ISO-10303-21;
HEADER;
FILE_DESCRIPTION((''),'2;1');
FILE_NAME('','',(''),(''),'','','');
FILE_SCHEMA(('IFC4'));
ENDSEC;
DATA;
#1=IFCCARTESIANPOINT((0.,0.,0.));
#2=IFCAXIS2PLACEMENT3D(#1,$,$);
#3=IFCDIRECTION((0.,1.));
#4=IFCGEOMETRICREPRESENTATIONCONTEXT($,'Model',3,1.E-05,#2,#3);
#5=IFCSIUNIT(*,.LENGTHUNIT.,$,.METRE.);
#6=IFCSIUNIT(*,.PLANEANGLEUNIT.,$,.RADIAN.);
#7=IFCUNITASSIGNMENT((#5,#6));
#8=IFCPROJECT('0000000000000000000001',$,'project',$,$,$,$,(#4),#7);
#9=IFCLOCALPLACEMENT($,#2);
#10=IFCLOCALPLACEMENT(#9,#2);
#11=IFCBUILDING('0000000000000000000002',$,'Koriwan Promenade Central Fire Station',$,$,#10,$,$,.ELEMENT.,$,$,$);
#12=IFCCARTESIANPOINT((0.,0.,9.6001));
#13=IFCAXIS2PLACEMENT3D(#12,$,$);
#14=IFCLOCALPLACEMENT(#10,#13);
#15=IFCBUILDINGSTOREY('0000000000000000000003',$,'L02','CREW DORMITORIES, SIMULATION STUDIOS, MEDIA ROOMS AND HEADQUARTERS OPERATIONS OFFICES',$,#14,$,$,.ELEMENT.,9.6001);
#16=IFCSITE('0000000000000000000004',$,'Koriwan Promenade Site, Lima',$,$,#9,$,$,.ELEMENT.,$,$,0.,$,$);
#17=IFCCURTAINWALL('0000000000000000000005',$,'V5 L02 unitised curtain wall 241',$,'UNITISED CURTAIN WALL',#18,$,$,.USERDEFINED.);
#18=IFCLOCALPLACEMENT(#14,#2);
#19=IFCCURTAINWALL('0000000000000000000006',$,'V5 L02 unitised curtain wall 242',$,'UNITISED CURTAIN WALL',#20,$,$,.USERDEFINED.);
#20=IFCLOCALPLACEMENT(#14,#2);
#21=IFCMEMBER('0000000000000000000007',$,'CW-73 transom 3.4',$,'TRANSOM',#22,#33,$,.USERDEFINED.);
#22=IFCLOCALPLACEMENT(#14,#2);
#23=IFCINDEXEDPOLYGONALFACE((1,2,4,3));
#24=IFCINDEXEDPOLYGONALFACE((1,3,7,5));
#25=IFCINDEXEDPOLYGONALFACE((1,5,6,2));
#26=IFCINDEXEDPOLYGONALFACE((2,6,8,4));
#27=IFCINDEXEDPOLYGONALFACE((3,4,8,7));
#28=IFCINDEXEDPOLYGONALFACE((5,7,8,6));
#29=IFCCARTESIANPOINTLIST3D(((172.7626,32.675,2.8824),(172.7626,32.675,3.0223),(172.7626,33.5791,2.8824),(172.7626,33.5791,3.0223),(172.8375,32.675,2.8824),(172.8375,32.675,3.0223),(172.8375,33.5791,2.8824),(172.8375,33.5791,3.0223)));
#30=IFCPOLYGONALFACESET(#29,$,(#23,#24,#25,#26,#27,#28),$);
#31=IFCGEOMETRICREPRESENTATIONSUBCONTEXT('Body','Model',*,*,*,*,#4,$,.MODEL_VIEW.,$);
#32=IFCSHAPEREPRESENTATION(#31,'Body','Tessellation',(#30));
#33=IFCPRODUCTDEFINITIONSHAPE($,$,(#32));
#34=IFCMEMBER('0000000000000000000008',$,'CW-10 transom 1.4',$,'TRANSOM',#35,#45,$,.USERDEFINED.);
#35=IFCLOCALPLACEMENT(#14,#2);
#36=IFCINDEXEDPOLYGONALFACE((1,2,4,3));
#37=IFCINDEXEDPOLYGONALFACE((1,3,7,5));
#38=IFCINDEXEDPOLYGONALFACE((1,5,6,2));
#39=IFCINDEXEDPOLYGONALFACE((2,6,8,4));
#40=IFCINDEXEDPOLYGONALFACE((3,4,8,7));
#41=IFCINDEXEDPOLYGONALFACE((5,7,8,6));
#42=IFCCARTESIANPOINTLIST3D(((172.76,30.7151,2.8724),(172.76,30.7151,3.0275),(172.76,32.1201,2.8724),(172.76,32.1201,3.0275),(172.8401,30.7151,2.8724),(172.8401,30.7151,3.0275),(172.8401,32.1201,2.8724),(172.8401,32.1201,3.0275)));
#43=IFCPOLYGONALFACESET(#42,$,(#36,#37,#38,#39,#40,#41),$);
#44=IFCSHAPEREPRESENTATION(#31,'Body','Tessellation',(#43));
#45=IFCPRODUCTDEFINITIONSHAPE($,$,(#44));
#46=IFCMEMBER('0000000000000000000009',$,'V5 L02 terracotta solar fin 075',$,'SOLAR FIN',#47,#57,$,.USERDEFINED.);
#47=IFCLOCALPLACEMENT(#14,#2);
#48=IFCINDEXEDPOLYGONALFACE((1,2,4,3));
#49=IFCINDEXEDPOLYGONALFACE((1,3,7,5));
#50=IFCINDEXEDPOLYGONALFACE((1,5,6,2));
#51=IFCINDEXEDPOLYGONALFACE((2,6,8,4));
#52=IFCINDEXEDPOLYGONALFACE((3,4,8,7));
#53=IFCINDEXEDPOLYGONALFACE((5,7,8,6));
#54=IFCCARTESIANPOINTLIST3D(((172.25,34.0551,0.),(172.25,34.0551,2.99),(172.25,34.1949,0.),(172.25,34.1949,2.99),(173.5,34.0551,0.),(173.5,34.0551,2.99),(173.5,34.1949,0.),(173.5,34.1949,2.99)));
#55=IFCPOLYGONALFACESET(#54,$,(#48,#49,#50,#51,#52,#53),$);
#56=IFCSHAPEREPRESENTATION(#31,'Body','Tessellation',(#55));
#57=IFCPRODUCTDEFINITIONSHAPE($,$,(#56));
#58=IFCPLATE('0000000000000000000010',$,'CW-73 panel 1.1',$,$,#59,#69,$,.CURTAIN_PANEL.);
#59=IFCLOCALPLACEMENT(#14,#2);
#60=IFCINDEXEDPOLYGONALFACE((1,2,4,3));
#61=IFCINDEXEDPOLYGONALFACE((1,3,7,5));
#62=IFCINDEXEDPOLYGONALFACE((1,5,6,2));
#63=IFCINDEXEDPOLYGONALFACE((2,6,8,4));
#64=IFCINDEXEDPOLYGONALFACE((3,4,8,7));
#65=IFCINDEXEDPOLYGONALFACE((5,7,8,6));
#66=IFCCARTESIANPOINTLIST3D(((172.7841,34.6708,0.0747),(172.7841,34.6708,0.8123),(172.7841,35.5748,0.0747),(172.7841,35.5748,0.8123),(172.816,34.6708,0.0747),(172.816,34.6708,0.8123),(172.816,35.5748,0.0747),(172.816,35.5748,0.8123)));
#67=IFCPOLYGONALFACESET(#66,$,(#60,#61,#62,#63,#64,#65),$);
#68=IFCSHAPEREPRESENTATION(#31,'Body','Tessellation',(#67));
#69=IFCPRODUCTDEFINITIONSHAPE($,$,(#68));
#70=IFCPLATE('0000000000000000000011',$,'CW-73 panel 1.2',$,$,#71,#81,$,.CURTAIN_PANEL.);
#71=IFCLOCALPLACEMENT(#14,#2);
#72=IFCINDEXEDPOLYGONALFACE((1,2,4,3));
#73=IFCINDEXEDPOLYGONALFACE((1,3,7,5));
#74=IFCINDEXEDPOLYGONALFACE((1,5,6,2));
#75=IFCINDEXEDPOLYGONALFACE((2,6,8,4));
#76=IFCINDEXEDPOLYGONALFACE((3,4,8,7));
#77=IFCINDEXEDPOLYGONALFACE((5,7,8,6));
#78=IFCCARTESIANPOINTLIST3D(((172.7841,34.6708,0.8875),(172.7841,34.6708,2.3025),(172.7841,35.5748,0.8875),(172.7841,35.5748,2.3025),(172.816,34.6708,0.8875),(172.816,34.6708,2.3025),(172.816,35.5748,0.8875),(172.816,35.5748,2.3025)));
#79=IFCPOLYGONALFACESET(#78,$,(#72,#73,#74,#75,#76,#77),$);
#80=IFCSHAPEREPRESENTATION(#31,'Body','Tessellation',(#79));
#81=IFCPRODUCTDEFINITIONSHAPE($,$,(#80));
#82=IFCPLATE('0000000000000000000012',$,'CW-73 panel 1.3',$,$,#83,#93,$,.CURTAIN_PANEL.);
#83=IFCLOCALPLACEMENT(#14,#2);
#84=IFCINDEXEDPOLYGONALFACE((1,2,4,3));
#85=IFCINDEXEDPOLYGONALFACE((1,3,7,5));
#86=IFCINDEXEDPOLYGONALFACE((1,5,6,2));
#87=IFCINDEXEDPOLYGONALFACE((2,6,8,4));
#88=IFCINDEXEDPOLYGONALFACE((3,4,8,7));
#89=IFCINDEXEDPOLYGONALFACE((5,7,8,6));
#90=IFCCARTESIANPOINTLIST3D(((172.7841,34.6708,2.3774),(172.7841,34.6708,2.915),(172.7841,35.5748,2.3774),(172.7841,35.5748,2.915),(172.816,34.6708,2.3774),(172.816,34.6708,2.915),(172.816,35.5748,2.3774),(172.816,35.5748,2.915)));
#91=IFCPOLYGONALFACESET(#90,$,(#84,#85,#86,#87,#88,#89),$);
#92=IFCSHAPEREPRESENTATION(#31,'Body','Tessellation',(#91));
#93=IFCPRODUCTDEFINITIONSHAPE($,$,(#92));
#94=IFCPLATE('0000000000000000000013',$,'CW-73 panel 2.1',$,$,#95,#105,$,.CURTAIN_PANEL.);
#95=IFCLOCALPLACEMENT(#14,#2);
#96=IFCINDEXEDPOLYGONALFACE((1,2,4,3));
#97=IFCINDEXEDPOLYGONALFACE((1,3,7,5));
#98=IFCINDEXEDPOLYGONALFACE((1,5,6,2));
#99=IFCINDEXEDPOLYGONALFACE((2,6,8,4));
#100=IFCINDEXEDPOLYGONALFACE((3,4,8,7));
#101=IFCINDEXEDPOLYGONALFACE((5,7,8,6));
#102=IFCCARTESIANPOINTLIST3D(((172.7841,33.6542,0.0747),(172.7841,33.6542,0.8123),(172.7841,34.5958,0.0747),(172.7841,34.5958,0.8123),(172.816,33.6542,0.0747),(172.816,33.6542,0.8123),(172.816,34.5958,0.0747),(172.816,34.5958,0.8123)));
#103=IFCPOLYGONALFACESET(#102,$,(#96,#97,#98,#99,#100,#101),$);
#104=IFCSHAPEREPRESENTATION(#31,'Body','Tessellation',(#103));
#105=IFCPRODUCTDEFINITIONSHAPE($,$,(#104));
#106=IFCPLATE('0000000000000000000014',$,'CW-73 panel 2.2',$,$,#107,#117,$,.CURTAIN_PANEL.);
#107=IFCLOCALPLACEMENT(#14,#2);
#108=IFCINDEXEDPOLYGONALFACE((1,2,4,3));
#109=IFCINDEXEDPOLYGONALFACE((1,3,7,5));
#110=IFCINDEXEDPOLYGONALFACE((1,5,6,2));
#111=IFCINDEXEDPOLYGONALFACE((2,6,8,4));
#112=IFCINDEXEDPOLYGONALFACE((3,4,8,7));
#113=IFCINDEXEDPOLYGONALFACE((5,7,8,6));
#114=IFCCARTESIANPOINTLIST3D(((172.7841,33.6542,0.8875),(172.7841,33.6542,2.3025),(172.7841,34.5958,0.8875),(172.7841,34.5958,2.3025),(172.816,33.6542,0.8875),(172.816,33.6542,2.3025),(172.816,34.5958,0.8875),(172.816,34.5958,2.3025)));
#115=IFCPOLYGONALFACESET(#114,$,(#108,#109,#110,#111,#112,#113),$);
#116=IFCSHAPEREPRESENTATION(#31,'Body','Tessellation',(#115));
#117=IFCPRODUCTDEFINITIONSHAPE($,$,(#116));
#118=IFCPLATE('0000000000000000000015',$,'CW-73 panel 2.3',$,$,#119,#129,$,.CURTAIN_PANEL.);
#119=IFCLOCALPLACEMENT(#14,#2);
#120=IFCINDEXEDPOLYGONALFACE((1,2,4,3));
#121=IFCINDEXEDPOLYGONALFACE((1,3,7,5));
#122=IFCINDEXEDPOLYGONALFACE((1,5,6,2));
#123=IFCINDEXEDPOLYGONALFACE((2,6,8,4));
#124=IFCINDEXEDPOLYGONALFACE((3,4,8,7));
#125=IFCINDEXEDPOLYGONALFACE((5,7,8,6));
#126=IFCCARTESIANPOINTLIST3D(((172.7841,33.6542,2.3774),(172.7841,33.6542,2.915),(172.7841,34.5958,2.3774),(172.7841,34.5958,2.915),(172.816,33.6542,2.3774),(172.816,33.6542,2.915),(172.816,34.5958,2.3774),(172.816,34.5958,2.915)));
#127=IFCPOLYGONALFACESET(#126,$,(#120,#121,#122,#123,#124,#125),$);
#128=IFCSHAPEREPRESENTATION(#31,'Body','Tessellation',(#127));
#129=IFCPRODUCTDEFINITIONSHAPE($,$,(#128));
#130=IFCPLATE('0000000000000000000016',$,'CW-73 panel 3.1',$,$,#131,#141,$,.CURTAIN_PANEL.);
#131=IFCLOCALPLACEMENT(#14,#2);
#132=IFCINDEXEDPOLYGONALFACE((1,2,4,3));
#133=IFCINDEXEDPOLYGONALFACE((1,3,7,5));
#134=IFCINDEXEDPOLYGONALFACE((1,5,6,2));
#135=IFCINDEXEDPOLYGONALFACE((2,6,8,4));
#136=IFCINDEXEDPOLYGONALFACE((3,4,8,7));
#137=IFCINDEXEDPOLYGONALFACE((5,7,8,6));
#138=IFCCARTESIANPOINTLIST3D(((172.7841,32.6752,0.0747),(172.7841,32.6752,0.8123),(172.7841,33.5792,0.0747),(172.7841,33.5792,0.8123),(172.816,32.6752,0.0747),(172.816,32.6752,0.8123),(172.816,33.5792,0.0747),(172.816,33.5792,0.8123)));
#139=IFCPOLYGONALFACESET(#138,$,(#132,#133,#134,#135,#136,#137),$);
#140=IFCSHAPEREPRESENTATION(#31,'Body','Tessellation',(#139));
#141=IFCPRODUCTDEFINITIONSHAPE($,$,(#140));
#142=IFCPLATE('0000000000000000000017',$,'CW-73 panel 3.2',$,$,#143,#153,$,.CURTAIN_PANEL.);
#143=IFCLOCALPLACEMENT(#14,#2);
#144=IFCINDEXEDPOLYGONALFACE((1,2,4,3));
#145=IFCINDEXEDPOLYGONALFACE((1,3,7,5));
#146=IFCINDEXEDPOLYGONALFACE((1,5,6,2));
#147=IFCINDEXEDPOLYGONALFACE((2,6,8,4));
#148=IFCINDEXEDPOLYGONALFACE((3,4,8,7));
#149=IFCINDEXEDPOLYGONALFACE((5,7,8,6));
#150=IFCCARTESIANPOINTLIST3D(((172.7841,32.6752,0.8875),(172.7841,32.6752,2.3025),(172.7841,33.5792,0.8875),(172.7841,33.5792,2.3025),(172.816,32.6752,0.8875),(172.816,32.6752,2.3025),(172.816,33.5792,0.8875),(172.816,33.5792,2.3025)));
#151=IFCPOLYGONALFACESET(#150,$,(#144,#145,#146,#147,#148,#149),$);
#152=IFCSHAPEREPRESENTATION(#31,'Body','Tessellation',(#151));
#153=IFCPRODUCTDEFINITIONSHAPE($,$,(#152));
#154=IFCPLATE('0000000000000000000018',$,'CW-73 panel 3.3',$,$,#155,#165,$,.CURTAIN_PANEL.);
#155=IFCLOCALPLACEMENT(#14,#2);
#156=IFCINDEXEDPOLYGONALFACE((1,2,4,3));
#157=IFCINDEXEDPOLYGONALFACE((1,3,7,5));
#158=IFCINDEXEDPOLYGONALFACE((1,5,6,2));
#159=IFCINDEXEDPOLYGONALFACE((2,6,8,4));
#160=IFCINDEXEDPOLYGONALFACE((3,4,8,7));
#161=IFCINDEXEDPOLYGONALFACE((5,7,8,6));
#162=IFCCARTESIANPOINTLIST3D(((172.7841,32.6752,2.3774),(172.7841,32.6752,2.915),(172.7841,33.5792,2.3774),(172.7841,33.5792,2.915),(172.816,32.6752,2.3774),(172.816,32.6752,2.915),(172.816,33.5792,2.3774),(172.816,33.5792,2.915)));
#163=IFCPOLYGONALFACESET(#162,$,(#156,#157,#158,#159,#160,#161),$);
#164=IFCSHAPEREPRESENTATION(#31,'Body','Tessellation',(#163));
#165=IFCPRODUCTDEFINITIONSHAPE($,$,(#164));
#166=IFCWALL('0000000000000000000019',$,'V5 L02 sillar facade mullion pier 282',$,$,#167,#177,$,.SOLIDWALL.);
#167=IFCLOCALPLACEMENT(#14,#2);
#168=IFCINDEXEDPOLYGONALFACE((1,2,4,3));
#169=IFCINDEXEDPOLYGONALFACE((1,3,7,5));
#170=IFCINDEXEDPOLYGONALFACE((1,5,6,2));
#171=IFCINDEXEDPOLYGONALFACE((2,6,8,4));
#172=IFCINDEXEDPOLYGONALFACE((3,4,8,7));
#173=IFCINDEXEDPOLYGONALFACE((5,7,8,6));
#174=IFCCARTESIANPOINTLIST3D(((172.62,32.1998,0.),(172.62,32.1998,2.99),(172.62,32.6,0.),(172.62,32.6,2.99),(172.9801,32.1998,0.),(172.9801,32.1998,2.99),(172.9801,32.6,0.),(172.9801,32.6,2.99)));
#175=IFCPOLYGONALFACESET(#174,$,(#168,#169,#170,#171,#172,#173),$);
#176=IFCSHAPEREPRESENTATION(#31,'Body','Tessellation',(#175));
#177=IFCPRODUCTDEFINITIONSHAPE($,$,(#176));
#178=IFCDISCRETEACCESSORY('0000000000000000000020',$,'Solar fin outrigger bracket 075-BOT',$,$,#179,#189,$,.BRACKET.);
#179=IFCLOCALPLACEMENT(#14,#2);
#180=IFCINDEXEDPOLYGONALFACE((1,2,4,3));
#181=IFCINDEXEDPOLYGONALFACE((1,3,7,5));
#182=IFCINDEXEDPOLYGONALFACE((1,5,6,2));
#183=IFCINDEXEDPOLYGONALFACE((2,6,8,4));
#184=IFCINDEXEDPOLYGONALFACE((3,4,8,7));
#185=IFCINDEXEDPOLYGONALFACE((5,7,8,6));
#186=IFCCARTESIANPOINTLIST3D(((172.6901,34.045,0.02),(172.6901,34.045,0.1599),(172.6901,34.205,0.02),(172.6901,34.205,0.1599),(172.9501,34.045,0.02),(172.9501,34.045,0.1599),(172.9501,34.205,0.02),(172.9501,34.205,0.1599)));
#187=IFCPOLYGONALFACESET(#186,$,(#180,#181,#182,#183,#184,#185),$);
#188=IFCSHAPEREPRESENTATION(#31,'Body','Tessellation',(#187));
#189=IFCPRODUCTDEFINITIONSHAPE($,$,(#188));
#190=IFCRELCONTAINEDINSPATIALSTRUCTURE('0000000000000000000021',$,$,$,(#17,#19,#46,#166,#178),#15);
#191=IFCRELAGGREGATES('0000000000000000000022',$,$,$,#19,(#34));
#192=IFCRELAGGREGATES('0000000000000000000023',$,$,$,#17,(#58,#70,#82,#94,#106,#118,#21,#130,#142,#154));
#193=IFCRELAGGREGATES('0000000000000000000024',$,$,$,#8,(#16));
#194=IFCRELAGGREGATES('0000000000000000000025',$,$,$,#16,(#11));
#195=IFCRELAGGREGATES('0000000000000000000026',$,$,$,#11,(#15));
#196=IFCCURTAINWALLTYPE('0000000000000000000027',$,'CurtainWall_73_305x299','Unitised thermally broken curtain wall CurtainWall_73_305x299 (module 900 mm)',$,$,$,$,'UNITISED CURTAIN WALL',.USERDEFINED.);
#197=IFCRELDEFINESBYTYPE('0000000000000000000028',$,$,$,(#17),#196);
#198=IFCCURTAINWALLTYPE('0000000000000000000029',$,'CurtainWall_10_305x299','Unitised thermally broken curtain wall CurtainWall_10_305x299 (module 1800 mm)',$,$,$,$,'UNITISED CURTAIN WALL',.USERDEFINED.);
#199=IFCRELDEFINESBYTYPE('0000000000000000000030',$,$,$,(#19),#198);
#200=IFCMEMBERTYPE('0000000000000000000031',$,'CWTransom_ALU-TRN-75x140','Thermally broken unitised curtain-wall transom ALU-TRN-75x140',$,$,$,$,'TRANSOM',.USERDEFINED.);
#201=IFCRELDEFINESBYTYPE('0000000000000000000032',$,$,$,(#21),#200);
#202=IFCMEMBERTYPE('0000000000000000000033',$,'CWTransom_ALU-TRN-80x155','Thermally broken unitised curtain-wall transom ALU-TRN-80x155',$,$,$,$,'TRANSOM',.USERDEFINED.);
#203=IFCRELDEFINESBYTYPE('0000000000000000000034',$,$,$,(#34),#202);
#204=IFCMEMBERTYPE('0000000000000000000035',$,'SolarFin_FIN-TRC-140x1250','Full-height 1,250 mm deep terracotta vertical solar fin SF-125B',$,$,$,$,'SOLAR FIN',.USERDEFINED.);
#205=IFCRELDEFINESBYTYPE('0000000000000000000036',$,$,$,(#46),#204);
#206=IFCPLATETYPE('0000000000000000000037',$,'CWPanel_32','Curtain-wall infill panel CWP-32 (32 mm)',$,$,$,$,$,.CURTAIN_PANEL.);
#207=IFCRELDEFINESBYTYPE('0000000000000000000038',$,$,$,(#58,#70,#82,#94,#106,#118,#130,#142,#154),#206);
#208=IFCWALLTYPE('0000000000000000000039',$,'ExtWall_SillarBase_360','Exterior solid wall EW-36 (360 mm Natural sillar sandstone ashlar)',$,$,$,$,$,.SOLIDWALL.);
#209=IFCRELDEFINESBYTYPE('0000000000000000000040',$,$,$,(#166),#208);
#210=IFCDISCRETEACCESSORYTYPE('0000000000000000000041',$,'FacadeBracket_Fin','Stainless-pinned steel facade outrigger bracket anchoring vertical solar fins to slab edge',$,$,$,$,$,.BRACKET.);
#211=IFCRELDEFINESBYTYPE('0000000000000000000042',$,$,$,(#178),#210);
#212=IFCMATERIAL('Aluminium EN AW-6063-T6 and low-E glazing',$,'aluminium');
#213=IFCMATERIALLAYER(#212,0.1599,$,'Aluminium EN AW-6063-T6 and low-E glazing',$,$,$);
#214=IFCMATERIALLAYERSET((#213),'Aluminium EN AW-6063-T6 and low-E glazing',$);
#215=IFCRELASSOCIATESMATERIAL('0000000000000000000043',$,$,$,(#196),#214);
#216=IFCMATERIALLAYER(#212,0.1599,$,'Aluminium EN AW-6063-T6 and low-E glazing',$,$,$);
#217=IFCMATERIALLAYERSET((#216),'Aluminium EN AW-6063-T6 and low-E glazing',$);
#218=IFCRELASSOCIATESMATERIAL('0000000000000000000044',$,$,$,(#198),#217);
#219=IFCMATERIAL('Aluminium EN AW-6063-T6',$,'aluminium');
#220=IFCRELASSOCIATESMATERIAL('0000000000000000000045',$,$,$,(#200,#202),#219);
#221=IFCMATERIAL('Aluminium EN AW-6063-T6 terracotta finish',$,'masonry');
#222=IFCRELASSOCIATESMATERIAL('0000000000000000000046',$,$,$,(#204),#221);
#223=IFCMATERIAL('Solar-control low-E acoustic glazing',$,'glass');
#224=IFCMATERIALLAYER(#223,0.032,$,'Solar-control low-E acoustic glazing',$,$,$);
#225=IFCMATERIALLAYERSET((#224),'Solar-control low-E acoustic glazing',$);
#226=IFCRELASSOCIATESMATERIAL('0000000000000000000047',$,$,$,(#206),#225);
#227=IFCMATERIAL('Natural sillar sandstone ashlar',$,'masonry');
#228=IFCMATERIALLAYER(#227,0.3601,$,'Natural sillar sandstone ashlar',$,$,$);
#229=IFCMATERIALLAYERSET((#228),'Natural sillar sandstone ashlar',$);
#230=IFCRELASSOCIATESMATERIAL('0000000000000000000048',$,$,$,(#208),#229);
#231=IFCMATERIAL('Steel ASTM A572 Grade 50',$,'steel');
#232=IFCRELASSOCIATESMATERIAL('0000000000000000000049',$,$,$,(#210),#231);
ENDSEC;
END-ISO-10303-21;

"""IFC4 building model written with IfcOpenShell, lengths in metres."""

from ifc_helpers import new_model, si_unit, direction, frame, frame_2d, origin, origin_2d, place, context, subcontext, project, spatial, rectangle, extrude, material, layer, layer_set, material_profile, profile_set, type_object, element, aggregate, save


model = new_model("IFC4")

# Units and contexts
model_context = context("Model", 3, precision=1e-05, world=origin(), true_north=direction((0.0, 1.0)))
body_context = subcontext(model_context, "Body", "Model", "MODEL_VIEW")
ifc_project = project(units=[si_unit("LENGTHUNIT", "METRE"), si_unit("PLANEANGLEUNIT", "RADIAN")], contexts=[model_context])

# Site, building, storey
site_placement = place(None, origin())
site = spatial("IfcSite", under=ifc_project, at=site_placement, Name="Koriwan Promenade Site, Lima", CompositionType="ELEMENT", RefElevation=0.0)
building_placement = place(site_placement, origin())
building = spatial("IfcBuilding", under=site, at=building_placement, Name="Koriwan Promenade Central Fire Station", CompositionType="ELEMENT")
storey_placement = place(building_placement, frame((0.0, 0.0, 9.6001)))
storey = spatial("IfcBuildingStorey", under=building, at=storey_placement, Name="L02", Description="CREW DORMITORIES, SIMULATION STUDIOS, MEDIA ROOMS AND HEADQUARTERS OPERATIONS OFFICES", CompositionType="ELEMENT", Elevation=9.6001)

# Curtain wall
ifc_material_1 = material(Name="Aluminium EN AW-6063-T6 and low-E glazing", Category="aluminium")
ifc_layer_1 = layer(ifc_material_1, 0.1599, Name="Aluminium EN AW-6063-T6 and low-E glazing")
ifc_layer_set_1 = layer_set([ifc_layer_1], Name="Aluminium EN AW-6063-T6 and low-E glazing")
curtain_wall_type_1 = type_object("IfcCurtainWallType", Name="CurtainWall_73_305x299", Description="Unitised thermally broken curtain wall CurtainWall_73_305x299 (module 900 mm)", ElementType="UNITISED CURTAIN WALL", PredefinedType="USERDEFINED", material=ifc_layer_set_1)
curtain_wall_1_placement = place(storey_placement, origin())
curtain_wall_1 = element("IfcCurtainWall", 1, at=curtain_wall_1_placement, inside=storey, type_object=curtain_wall_type_1, Name="V5 L02 unitised curtain wall 241", ObjectType="UNITISED CURTAIN WALL", PredefinedType="USERDEFINED")
ifc_material_2 = material(Name="Aluminium EN AW-6063-T6", Category="aluminium")

# Curtain wall
ifc_layer_2 = layer(ifc_material_1, 0.1599, Name="Aluminium EN AW-6063-T6 and low-E glazing")
ifc_layer_set_2 = layer_set([ifc_layer_2], Name="Aluminium EN AW-6063-T6 and low-E glazing")
curtain_wall_type_2 = type_object("IfcCurtainWallType", Name="CurtainWall_10_305x299", Description="Unitised thermally broken curtain wall CurtainWall_10_305x299 (module 1800 mm)", ElementType="UNITISED CURTAIN WALL", PredefinedType="USERDEFINED", material=ifc_layer_set_2)
curtain_wall_2_placement = place(storey_placement, origin())
curtain_wall_2 = element("IfcCurtainWall", 2, at=curtain_wall_2_placement, inside=storey, type_object=curtain_wall_type_2, Name="V5 L02 unitised curtain wall 242", ObjectType="UNITISED CURTAIN WALL", PredefinedType="USERDEFINED")

# Members
ifc_material_profile_1 = material_profile(ifc_material_2, rectangle(XDim=0.075, YDim=0.1399, at=origin_2d()), Name="ALU-TRN-75x140")
ifc_profile_set_1 = profile_set([ifc_material_profile_1], Name="Aluminium EN AW-6063-T6")
member_type_1 = type_object("IfcMemberType", Name="CWTransom_ALU-TRN-75x140", Description="Thermally broken unitised curtain-wall transom ALU-TRN-75x140", ElementType="TRANSOM", PredefinedType="USERDEFINED", material=ifc_profile_set_1)
member_1_placement = place(storey_placement, frame((172.8, 33.5791, 2.9524), z_axis=(0.0, -1.0, 0.0), x_axis=(1.0, 0.0, 0.0)))
member_1 = element("IfcMember", 3, at=member_1_placement, type_object=member_type_1, Name="CW-73 transom 3.4", ObjectType="TRANSOM", PredefinedType="USERDEFINED", context=body_context, shape_type="SweptSolid", body=[
    extrude(rectangle(XDim=0.075, YDim=0.1399, at=origin_2d()), origin(), (0.0, 0.0, 1.0), 0.9041),
])
ifc_material_profile_2 = material_profile(ifc_material_2, rectangle(XDim=0.0801, YDim=0.155, at=origin_2d()), Name="ALU-TRN-80x155")
ifc_profile_set_2 = profile_set([ifc_material_profile_2], Name="Aluminium EN AW-6063-T6")
member_type_2 = type_object("IfcMemberType", Name="CWTransom_ALU-TRN-80x155", Description="Thermally broken unitised curtain-wall transom ALU-TRN-80x155", ElementType="TRANSOM", PredefinedType="USERDEFINED", material=ifc_profile_set_2)
member_2_placement = place(storey_placement, frame((172.8, 32.1201, 2.95), z_axis=(0.0, -1.0, 0.0), x_axis=(1.0, 0.0, 0.0)))
member_2 = element("IfcMember", 4, at=member_2_placement, type_object=member_type_2, Name="CW-10 transom 1.4", ObjectType="TRANSOM", PredefinedType="USERDEFINED", context=body_context, shape_type="SweptSolid", body=[
    extrude(rectangle(XDim=0.0801, YDim=0.155, at=origin_2d()), origin(), (0.0, 0.0, 1.0), 1.405),
])
aggregate(curtain_wall_2, [member_2])
ifc_material_3 = material(Name="Aluminium EN AW-6063-T6 terracotta finish", Category="masonry")
ifc_material_profile_3 = material_profile(ifc_material_3, rectangle(XDim=0.1399, YDim=1.25, at=origin_2d()), Name="FIN-TRC-140x1250")
ifc_profile_set_3 = profile_set([ifc_material_profile_3], Name="Aluminium EN AW-6063-T6 terracotta finish")
member_type_3 = type_object("IfcMemberType", Name="SolarFin_FIN-TRC-140x1250", Description="Full-height 1,250 mm deep terracotta vertical solar fin SF-125B", ElementType="SOLAR FIN", PredefinedType="USERDEFINED", material=ifc_profile_set_3)
member_3_placement = place(storey_placement, frame((172.875, 34.125, 0.0), z_axis=(0.0, 0.0, 1.0), x_axis=(0.0, -1.0, 0.0)))
element("IfcMember", 5, at=member_3_placement, inside=storey, type_object=member_type_3, Name="V5 L02 terracotta solar fin 075", ObjectType="SOLAR FIN", PredefinedType="USERDEFINED", context=body_context, shape_type="SweptSolid", body=[
    extrude(rectangle(XDim=0.1399, YDim=1.25, at=origin_2d()), origin(), (0.0, 0.0, 1.0), 2.99),
])

# Plates
ifc_material_4 = material(Name="Solar-control low-E acoustic glazing", Category="glass")
ifc_layer_3 = layer(ifc_material_4, 0.032, Name="Solar-control low-E acoustic glazing")
ifc_layer_set_3 = layer_set([ifc_layer_3], Name="Solar-control low-E acoustic glazing")
plate_type = type_object("IfcPlateType", Name="CWPanel_32", Description="Curtain-wall infill panel CWP-32 (32 mm)", PredefinedType="CURTAIN_PANEL", material=ifc_layer_set_3)
plate_1_placement = place(storey_placement, frame((172.8, 35.1228, 0.0747), z_axis=(0.0, 0.0, 1.0), x_axis=(0.0, -1.0, 0.0)))
plate_1 = element("IfcPlate", 6, at=plate_1_placement, type_object=plate_type, Name="CW-73 panel 1.1", PredefinedType="CURTAIN_PANEL", context=body_context, shape_type="SweptSolid", body=[
    extrude(rectangle(XDim=0.9041, YDim=0.032, at=origin_2d()), origin(), (0.0, 0.0, 1.0), 0.7375),
])
plate_2_placement = place(storey_placement, frame((172.8, 35.1228, 0.8875), z_axis=(0.0, 0.0, 1.0), x_axis=(0.0, -1.0, 0.0)))
plate_2 = element("IfcPlate", 7, at=plate_2_placement, type_object=plate_type, Name="CW-73 panel 1.2", PredefinedType="CURTAIN_PANEL", context=body_context, shape_type="SweptSolid", body=[
    extrude(rectangle(XDim=0.9041, YDim=0.032, at=origin_2d()), origin(), (0.0, 0.0, 1.0), 1.415),
])
plate_3_placement = place(storey_placement, frame((172.8, 35.1228, 2.3774), z_axis=(0.0, 0.0, 1.0), x_axis=(0.0, -1.0, 0.0)))
plate_3 = element("IfcPlate", 8, at=plate_3_placement, type_object=plate_type, Name="CW-73 panel 1.3", PredefinedType="CURTAIN_PANEL", context=body_context, shape_type="SweptSolid", body=[
    extrude(rectangle(XDim=0.9041, YDim=0.032, at=origin_2d()), origin(), (0.0, 0.0, 1.0), 0.5376),
])
plate_4_placement = place(storey_placement, frame((172.8, 34.125, 0.0747), z_axis=(0.0, 0.0, 1.0), x_axis=(0.0, -1.0, 0.0)))
plate_4 = element("IfcPlate", 9, at=plate_4_placement, type_object=plate_type, Name="CW-73 panel 2.1", PredefinedType="CURTAIN_PANEL", context=body_context, shape_type="SweptSolid", body=[
    extrude(rectangle(XDim=0.9417, YDim=0.032, at=origin_2d()), origin(), (0.0, 0.0, 1.0), 0.7375),
])
plate_5_placement = place(storey_placement, frame((172.8, 34.125, 0.8875), z_axis=(0.0, 0.0, 1.0), x_axis=(0.0, -1.0, 0.0)))
plate_5 = element("IfcPlate", 10, at=plate_5_placement, type_object=plate_type, Name="CW-73 panel 2.2", PredefinedType="CURTAIN_PANEL", context=body_context, shape_type="SweptSolid", body=[
    extrude(rectangle(XDim=0.9417, YDim=0.032, at=origin_2d()), origin(), (0.0, 0.0, 1.0), 1.415),
])
plate_6_placement = place(storey_placement, frame((172.8, 34.125, 2.3774), z_axis=(0.0, 0.0, 1.0), x_axis=(0.0, -1.0, 0.0)))
plate_6 = element("IfcPlate", 11, at=plate_6_placement, type_object=plate_type, Name="CW-73 panel 2.3", PredefinedType="CURTAIN_PANEL", context=body_context, shape_type="SweptSolid", body=[
    extrude(rectangle(XDim=0.9417, YDim=0.032, at=origin_2d()), origin(), (0.0, 0.0, 1.0), 0.5376),
])
plate_7_placement = place(storey_placement, frame((172.8, 33.1272, 0.0747), z_axis=(0.0, 0.0, 1.0), x_axis=(0.0, -1.0, 0.0)))
plate_7 = element("IfcPlate", 12, at=plate_7_placement, type_object=plate_type, Name="CW-73 panel 3.1", PredefinedType="CURTAIN_PANEL", context=body_context, shape_type="SweptSolid", body=[
    extrude(rectangle(XDim=0.9041, YDim=0.032, at=origin_2d()), origin(), (0.0, 0.0, 1.0), 0.7375),
])
plate_8_placement = place(storey_placement, frame((172.8, 33.1272, 0.8875), z_axis=(0.0, 0.0, 1.0), x_axis=(0.0, -1.0, 0.0)))
plate_8 = element("IfcPlate", 13, at=plate_8_placement, type_object=plate_type, Name="CW-73 panel 3.2", PredefinedType="CURTAIN_PANEL", context=body_context, shape_type="SweptSolid", body=[
    extrude(rectangle(XDim=0.9041, YDim=0.032, at=origin_2d()), origin(), (0.0, 0.0, 1.0), 1.415),
])
plate_9_placement = place(storey_placement, frame((172.8, 33.1272, 2.3774), z_axis=(0.0, 0.0, 1.0), x_axis=(0.0, -1.0, 0.0)))
plate_9 = element("IfcPlate", 14, at=plate_9_placement, type_object=plate_type, Name="CW-73 panel 3.3", PredefinedType="CURTAIN_PANEL", context=body_context, shape_type="SweptSolid", body=[
    extrude(rectangle(XDim=0.9041, YDim=0.032, at=origin_2d()), origin(), (0.0, 0.0, 1.0), 0.5376),
])
aggregate(curtain_wall_1, [plate_1, plate_2, plate_3, plate_4, plate_5, plate_6, member_1, plate_7, plate_8, plate_9])

# Wall
ifc_material_5 = material(Name="Natural sillar sandstone ashlar", Category="masonry")
ifc_layer_4 = layer(ifc_material_5, 0.3601, Name="Natural sillar sandstone ashlar")
ifc_layer_set_4 = layer_set([ifc_layer_4], Name="Natural sillar sandstone ashlar")
wall_type = type_object("IfcWallType", Name="ExtWall_SillarBase_360", Description="Exterior solid wall EW-36 (360 mm Natural sillar sandstone ashlar)", PredefinedType="SOLIDWALL", material=ifc_layer_set_4)
wall_placement = place(storey_placement, frame((172.8, 32.6001, 0.0), z_axis=(0.0, 0.0, 1.0), x_axis=(0.0, -1.0, 0.0)))
element("IfcWall", 15, at=wall_placement, inside=storey, type_object=wall_type, Name="V5 L02 sillar facade mullion pier 282", PredefinedType="SOLIDWALL", context=body_context, shape_type="SweptSolid", body=[
    extrude(rectangle(XDim=0.4001, YDim=0.3601, at=frame_2d((0.2002, 0.0))), origin(), (0.0, 0.0, 1.0), 2.99),
])

# Discrete accessory
ifc_material_6 = material(Name="Steel ASTM A572 Grade 50", Category="steel")
discrete_accessory_type = type_object("IfcDiscreteAccessoryType", Name="FacadeBracket_Fin", Description="Stainless-pinned steel facade outrigger bracket anchoring vertical solar fins to slab edge", PredefinedType="BRACKET", material=ifc_material_6)
for number, where, z_axis, x_axis, name in (
    (16, (172.8201, 34.125, 0.02), (0.0, 0.0, 1.0), (1.0, 0.0, 0.0), "Solar fin outrigger bracket 075-BOT"),
):
    element("IfcDiscreteAccessory", number, at=place(storey_placement, frame(where, z_axis=z_axis, x_axis=x_axis)), inside=storey, type_object=discrete_accessory_type, Name=name, PredefinedType="BRACKET", context=body_context, shape_type="SweptSolid", body=[
        extrude(rectangle(XDim=0.26, YDim=0.1599, at=origin_2d()), origin(), (0.0, 0.0, 1.0), 0.1399),
    ])

save(model, "model.ifc")
